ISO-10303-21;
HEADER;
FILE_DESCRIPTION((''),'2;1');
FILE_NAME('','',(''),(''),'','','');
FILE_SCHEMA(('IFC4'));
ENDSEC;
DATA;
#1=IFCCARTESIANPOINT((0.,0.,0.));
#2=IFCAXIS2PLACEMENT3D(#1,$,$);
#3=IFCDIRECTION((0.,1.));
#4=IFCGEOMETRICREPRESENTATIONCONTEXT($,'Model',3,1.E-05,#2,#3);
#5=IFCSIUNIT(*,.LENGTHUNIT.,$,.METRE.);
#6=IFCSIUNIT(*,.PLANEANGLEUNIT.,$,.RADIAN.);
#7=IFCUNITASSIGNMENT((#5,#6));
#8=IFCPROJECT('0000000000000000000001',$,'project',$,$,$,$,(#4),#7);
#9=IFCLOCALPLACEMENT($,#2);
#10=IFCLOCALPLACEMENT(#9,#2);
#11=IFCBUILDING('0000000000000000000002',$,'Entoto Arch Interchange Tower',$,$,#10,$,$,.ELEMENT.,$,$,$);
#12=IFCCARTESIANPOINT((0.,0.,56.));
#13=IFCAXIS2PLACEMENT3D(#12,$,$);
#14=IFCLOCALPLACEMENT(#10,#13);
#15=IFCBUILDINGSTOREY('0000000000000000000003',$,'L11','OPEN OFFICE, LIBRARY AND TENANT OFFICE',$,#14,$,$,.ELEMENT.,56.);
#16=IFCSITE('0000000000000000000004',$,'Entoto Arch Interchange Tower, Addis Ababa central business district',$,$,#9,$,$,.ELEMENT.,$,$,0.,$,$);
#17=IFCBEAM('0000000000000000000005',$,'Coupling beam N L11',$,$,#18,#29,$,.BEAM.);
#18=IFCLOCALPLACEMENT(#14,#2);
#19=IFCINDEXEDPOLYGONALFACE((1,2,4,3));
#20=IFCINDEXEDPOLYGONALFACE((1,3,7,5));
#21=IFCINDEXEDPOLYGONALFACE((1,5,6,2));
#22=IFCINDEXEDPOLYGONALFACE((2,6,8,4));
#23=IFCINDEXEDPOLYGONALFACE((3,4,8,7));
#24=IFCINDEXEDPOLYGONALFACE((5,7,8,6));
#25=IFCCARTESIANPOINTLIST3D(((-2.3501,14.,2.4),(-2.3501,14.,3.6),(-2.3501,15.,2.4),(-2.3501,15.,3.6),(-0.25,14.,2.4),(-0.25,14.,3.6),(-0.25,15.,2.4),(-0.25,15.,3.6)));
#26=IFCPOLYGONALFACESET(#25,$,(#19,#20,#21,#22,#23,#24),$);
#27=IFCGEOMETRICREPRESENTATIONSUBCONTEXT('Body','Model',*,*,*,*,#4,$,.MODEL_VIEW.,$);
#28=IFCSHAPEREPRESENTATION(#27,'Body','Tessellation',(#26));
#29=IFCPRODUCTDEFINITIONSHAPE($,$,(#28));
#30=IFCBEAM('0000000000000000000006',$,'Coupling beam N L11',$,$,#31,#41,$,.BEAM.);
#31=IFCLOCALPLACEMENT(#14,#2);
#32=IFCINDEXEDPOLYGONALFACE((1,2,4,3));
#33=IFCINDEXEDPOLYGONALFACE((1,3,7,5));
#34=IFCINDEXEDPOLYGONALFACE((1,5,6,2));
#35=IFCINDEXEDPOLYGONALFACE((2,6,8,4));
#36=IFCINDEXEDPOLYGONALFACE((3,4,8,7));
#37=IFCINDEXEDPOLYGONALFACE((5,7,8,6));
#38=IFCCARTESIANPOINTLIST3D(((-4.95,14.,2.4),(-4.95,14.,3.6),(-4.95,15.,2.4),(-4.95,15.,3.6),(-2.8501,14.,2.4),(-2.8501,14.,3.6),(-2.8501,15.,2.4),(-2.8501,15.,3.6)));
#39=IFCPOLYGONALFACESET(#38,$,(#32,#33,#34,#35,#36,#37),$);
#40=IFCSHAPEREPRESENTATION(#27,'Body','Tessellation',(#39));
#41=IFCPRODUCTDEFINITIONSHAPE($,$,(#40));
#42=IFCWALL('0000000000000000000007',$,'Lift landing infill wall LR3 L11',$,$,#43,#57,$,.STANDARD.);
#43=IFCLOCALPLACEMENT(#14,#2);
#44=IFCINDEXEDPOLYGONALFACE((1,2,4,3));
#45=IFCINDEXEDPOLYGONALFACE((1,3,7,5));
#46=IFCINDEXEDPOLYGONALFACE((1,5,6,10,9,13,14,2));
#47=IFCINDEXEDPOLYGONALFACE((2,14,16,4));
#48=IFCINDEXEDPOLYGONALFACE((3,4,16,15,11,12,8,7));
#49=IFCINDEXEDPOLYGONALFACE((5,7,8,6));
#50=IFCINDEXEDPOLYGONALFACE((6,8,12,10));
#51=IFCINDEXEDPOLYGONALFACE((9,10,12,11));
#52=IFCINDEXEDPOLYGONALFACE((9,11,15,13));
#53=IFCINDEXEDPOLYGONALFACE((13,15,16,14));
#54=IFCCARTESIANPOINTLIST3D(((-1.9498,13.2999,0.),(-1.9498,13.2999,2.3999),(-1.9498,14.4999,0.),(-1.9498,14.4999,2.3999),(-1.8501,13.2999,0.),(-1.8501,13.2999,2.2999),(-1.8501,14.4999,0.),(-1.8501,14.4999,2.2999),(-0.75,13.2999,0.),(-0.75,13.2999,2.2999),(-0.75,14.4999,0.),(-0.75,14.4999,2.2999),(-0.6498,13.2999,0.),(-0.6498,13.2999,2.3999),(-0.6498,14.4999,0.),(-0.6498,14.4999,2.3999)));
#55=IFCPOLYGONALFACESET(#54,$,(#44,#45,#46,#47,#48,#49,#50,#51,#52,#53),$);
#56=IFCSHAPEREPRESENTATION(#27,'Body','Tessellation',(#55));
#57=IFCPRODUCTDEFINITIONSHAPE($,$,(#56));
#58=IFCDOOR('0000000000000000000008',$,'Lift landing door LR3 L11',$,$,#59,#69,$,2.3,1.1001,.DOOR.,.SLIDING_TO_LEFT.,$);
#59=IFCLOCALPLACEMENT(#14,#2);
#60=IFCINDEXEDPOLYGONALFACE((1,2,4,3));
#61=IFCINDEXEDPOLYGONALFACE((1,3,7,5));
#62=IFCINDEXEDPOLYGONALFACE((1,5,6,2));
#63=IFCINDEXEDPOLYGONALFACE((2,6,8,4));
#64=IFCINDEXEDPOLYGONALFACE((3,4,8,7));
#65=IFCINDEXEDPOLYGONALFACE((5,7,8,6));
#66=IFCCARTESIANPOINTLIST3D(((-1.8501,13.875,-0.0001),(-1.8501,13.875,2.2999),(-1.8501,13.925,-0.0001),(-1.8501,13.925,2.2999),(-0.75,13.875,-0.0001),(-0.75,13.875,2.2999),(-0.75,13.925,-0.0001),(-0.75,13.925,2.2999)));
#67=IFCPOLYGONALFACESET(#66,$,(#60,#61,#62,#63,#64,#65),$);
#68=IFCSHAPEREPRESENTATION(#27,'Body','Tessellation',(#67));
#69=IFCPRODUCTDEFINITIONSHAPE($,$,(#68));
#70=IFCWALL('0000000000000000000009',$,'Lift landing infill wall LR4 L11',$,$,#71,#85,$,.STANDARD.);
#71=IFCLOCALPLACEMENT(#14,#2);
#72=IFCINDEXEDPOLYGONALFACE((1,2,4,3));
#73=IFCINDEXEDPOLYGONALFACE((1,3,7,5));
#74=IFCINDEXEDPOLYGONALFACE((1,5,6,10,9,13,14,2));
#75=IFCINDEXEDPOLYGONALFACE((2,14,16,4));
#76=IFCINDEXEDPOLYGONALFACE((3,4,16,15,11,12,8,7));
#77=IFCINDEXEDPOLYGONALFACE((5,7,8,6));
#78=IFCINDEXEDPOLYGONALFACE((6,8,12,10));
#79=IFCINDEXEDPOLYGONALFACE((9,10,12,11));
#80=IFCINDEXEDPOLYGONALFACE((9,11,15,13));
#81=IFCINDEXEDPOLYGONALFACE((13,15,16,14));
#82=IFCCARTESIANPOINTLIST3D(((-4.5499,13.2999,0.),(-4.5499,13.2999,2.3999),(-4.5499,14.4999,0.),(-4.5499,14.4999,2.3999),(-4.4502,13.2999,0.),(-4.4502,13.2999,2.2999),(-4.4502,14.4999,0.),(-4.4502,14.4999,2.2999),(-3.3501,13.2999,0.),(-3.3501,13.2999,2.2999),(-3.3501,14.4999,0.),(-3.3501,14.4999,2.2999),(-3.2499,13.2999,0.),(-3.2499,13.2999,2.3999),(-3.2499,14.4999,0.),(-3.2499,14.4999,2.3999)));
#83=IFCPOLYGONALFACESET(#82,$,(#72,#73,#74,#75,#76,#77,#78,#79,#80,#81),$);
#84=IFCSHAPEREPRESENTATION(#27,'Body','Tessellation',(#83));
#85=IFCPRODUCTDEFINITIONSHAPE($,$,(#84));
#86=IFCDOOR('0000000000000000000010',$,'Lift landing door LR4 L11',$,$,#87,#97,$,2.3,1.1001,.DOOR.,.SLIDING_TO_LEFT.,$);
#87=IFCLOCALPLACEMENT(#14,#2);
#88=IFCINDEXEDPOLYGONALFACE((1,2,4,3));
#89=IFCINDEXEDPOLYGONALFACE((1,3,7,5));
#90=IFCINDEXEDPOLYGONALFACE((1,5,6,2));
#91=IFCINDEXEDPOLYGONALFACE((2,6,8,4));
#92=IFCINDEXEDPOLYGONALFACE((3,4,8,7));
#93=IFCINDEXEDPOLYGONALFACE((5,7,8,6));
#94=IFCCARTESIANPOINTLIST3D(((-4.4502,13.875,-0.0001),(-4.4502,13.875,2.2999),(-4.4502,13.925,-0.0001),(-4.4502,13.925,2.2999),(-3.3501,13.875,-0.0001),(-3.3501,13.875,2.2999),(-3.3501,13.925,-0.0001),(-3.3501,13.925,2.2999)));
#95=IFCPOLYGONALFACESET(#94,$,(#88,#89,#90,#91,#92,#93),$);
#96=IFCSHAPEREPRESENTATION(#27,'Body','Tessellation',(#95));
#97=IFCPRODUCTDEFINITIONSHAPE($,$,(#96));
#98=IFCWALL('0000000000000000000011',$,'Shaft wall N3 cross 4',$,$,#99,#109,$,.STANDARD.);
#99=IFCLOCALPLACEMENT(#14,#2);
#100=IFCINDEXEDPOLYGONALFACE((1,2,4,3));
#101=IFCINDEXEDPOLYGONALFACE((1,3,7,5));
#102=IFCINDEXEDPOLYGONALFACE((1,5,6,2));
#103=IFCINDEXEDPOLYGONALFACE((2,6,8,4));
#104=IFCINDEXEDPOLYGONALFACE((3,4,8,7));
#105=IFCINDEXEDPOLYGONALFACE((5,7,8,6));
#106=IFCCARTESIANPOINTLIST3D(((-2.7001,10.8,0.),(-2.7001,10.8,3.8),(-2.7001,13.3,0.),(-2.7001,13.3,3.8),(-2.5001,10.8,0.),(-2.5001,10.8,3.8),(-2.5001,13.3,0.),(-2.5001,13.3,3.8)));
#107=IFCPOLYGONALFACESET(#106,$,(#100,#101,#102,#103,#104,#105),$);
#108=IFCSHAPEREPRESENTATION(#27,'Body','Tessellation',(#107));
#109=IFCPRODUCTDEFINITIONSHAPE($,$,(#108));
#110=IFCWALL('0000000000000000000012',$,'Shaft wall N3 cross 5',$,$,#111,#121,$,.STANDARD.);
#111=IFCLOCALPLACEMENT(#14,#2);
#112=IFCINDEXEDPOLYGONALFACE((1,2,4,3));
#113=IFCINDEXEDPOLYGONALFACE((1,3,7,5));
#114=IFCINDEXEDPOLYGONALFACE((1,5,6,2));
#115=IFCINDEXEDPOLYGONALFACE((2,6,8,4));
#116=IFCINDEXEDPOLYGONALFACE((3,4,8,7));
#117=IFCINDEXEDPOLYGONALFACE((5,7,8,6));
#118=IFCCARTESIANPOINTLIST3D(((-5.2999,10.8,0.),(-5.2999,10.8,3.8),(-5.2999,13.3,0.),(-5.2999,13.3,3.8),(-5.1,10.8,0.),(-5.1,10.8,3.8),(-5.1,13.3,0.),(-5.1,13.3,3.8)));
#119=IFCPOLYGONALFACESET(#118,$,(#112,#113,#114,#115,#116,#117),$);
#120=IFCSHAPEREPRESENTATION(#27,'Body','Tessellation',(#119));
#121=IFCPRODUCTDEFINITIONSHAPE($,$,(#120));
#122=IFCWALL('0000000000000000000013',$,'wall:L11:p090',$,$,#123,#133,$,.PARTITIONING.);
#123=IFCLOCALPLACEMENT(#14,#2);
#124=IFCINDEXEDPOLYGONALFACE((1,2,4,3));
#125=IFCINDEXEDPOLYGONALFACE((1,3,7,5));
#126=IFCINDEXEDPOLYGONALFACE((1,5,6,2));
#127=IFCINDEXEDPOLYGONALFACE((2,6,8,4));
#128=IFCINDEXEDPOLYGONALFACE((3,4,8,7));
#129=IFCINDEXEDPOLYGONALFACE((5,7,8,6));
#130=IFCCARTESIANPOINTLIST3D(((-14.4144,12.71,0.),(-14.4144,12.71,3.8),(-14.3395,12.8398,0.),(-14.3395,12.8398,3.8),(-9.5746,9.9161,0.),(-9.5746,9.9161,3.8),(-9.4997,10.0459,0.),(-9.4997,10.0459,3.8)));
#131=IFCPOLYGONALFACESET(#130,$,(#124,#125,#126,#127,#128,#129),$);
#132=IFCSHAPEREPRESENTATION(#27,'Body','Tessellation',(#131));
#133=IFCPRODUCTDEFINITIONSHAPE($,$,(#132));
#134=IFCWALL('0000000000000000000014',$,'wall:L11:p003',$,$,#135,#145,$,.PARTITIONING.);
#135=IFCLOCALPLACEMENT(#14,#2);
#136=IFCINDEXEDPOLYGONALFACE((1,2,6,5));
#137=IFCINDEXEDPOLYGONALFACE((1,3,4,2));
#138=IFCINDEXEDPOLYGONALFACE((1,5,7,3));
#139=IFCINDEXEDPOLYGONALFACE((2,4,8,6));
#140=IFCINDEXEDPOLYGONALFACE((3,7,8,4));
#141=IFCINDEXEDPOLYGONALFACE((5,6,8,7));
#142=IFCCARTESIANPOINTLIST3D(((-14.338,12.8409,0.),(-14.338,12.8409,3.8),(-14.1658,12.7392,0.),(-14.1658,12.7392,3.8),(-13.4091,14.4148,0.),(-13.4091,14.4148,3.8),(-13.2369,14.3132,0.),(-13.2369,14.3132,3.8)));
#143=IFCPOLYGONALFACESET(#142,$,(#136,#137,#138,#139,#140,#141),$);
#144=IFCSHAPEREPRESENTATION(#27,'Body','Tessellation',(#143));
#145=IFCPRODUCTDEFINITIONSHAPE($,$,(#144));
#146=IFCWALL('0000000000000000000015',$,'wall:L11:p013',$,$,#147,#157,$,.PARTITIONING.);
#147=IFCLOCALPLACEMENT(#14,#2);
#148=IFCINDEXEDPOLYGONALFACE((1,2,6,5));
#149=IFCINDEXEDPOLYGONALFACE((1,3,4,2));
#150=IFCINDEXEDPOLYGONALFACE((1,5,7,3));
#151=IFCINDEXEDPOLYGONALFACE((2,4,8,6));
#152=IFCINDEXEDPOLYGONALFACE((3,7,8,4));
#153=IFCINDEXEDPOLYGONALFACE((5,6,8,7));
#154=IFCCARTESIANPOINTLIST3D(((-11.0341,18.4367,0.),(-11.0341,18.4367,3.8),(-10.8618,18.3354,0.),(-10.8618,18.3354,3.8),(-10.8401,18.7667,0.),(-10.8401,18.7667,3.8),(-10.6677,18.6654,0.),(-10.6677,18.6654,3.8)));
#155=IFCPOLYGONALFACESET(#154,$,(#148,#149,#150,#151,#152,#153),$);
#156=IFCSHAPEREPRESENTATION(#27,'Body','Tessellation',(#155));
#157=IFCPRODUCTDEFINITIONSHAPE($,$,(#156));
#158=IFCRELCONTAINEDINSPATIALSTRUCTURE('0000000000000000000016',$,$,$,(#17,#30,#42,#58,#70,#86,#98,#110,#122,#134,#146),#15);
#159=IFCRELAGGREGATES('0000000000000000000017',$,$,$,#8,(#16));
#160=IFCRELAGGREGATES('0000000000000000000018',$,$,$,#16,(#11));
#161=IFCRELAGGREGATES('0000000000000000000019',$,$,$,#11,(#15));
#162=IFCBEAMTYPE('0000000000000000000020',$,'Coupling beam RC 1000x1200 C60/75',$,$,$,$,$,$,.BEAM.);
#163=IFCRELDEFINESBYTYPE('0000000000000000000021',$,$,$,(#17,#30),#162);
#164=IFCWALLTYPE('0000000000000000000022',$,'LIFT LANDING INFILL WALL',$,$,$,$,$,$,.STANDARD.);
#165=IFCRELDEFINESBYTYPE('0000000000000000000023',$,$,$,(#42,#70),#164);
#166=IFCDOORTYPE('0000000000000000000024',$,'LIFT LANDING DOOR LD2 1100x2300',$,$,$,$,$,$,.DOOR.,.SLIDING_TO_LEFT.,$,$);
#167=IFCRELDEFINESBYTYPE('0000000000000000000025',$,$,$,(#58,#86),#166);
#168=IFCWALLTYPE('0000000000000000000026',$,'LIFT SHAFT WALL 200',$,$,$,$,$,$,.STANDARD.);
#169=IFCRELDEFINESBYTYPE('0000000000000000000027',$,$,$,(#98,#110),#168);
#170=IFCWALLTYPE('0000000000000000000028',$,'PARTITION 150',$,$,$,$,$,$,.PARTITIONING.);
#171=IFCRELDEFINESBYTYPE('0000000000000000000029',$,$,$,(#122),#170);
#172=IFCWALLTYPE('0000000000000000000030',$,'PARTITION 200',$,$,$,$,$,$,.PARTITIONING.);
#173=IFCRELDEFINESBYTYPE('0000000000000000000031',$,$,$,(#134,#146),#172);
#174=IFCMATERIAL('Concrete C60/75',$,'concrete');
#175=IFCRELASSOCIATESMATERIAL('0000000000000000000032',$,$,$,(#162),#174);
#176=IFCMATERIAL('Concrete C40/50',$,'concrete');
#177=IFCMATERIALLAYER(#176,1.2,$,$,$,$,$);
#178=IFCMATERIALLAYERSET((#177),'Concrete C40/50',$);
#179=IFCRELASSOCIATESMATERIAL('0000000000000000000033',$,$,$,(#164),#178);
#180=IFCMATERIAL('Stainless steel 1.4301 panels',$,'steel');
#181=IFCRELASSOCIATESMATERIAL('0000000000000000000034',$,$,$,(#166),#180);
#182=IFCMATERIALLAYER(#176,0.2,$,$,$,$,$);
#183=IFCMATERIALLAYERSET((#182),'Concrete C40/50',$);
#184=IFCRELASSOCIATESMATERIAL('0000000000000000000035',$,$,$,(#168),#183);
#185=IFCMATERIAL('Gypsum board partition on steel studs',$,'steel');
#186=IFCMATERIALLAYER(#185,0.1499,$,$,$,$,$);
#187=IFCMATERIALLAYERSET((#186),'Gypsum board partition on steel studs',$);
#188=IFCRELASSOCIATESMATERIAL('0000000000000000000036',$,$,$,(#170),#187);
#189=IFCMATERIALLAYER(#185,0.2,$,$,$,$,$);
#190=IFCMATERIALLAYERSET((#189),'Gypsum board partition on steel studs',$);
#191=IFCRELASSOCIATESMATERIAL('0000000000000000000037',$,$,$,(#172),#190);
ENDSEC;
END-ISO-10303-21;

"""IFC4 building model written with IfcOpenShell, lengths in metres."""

from ifc_helpers import new_model, si_unit, direction, frame, frame_2d, origin, origin_2d, place, context, subcontext, project, spatial, rectangle, extrude, material, layer, layer_set, material_profile, profile_set, type_object, element, fill, save


model = new_model("IFC4")

# Units and contexts
model_context = context("Model", 3, precision=1e-05, world=origin(), true_north=direction((0.0, 1.0)))
body_context = subcontext(model_context, "Body", "Model", "MODEL_VIEW")
ifc_project = project(units=[si_unit("LENGTHUNIT", "METRE"), si_unit("PLANEANGLEUNIT", "RADIAN")], contexts=[model_context])

# Site, building, storey
site_placement = place(None, origin())
site = spatial("IfcSite", under=ifc_project, at=site_placement, Name="Entoto Arch Interchange Tower, Addis Ababa central business district", CompositionType="ELEMENT", RefElevation=0.0)
building_placement = place(site_placement, origin())
building = spatial("IfcBuilding", under=site, at=building_placement, Name="Entoto Arch Interchange Tower", CompositionType="ELEMENT")
storey_placement = place(building_placement, frame((0.0, 0.0, 56.0)))
storey = spatial("IfcBuildingStorey", under=building, at=storey_placement, Name="L11", Description="OPEN OFFICE, LIBRARY AND TENANT OFFICE", CompositionType="ELEMENT", Elevation=56.0)

# Beams
ifc_material_1 = material(Name="Concrete C60/75", Category="concrete")
ifc_material_profile = material_profile(ifc_material_1, rectangle(XDim=1.0, YDim=1.2, at=origin_2d()))
ifc_profile_set = profile_set([ifc_material_profile], Name="Concrete C60/75")
beam_type = type_object("IfcBeamType", Name="Coupling beam RC 1000x1200 C60/75", PredefinedType="BEAM", material=ifc_profile_set)
beam_1_placement = place(storey_placement, frame((-0.25, 14.5, 3.0), z_axis=(-1.0, 0.0, 0.0), x_axis=(0.0, -1.0, 0.0)))
element("IfcBeam", 1, at=beam_1_placement, inside=storey, type_object=beam_type, Name="Coupling beam N L11", PredefinedType="BEAM", context=body_context, shape_type="SweptSolid", body=[
    extrude(rectangle(XDim=1.0, YDim=1.2, at=origin_2d()), origin(), (0.0, 0.0, 1.0), 2.1001),
])
beam_2_placement = place(storey_placement, frame((-2.8501, 14.5, 3.0), z_axis=(-1.0, 0.0, 0.0), x_axis=(0.0, -1.0, 0.0)))
element("IfcBeam", 2, at=beam_2_placement, inside=storey, type_object=beam_type, Name="Coupling beam N L11", PredefinedType="BEAM", context=body_context, shape_type="SweptSolid", body=[
    extrude(rectangle(XDim=1.0, YDim=1.2, at=origin_2d()), origin(), (0.0, 0.0, 1.0), 2.0999),
])

# Walls, openings, doors
ifc_material_2 = material(Name="Concrete C40/50", Category="concrete")
ifc_layer_1 = layer(ifc_material_2, 1.2)
ifc_layer_set_1 = layer_set([ifc_layer_1], Name="Concrete C40/50")
wall_type_1 = type_object("IfcWallType", Name="LIFT LANDING INFILL WALL", PredefinedType="STANDARD", material=ifc_layer_set_1)
wall_1_placement = place(storey_placement, frame((-0.6499, 13.8999, 0.0), z_axis=(0.0, 0.0, 1.0), x_axis=(-1.0, 0.0, 0.0)))
wall_1 = element("IfcWall", 3, at=wall_1_placement, inside=storey, type_object=wall_type_1, Name="Lift landing infill wall LR3 L11", PredefinedType="STANDARD", context=body_context, shape_type="SweptSolid", body=[
    extrude(rectangle(XDim=1.3, YDim=1.2, at=frame_2d((0.6499, 0.0))), origin(), (0.0, 0.0, 1.0), 2.3999),
])
opening_1_placement = place(wall_1_placement, frame((0.1001, 0.0, 0.0)))
opening_1 = element("IfcOpeningElement", 4, at=opening_1_placement, cuts=wall_1, PredefinedType="OPENING", context=body_context, shape_type="SweptSolid", body=[
    extrude(rectangle(XDim=1.1001, YDim=2.3, at=frame_2d((0.55, 1.1499))), frame((0.0, 0.6099, 0.0), z_axis=(0.0, -1.0, 0.0), x_axis=(1.0, 0.0, 0.0)), (0.0, 0.0, 1.0), 1.22),
])
ifc_material_3 = material(Name="Stainless steel 1.4301 panels", Category="steel")
door_type_1 = type_object("IfcDoorType", Name="LIFT LANDING DOOR LD2 1100x2300", OperationType="SLIDING_TO_LEFT", PredefinedType="DOOR", material=ifc_material_3)
door_1_placement = place(opening_1_placement, origin())
door_1 = element("IfcDoor", 5, at=door_1_placement, inside=storey, type_object=door_type_1, Name="Lift landing door LR3 L11", OperationType="SLIDING_TO_LEFT", OverallHeight=2.3, OverallWidth=1.1001, PredefinedType="DOOR", context=body_context, shape_type="SweptSolid", body=[
    extrude(rectangle(XDim=1.1001, YDim=2.3, at=frame_2d((0.55, 1.1499))), frame((0.0, 0.0249, 0.0), z_axis=(0.0, -1.0, 0.0), x_axis=(1.0, 0.0, 0.0)), (0.0, 0.0, 1.0), 0.05),
])
fill(opening_1, door_1)
wall_2_placement = place(storey_placement, frame((-3.25, 13.8999, 0.0), z_axis=(0.0, 0.0, 1.0), x_axis=(-1.0, 0.0, 0.0)))
wall_2 = element("IfcWall", 6, at=wall_2_placement, inside=storey, type_object=wall_type_1, Name="Lift landing infill wall LR4 L11", PredefinedType="STANDARD", context=body_context, shape_type="SweptSolid", body=[
    extrude(rectangle(XDim=1.3, YDim=1.2, at=frame_2d((0.6499, 0.0))), origin(), (0.0, 0.0, 1.0), 2.3999),
])
opening_2_placement = place(wall_2_placement, frame((0.1001, 0.0, 0.0)))
opening_2 = element("IfcOpeningElement", 7, at=opening_2_placement, cuts=wall_2, PredefinedType="OPENING", context=body_context, shape_type="SweptSolid", body=[
    extrude(rectangle(XDim=1.1001, YDim=2.3, at=frame_2d((0.55, 1.1499))), frame((0.0, 0.6099, 0.0), z_axis=(0.0, -1.0, 0.0), x_axis=(1.0, 0.0, 0.0)), (0.0, 0.0, 1.0), 1.22),
])
door_2_placement = place(opening_2_placement, origin())
door_2 = element("IfcDoor", 8, at=door_2_placement, inside=storey, type_object=door_type_1, Name="Lift landing door LR4 L11", OperationType="SLIDING_TO_LEFT", OverallHeight=2.3, OverallWidth=1.1001, PredefinedType="DOOR", context=body_context, shape_type="SweptSolid", body=[
    extrude(rectangle(XDim=1.1001, YDim=2.3, at=frame_2d((0.55, 1.1499))), frame((0.0, 0.0249, 0.0), z_axis=(0.0, -1.0, 0.0), x_axis=(1.0, 0.0, 0.0)), (0.0, 0.0, 1.0), 0.05),
])
fill(opening_2, door_2)

# Walls
ifc_layer_2 = layer(ifc_material_2, 0.2)
ifc_layer_set_2 = layer_set([ifc_layer_2], Name="Concrete C40/50")
wall_type_2 = type_object("IfcWallType", Name="LIFT SHAFT WALL 200", PredefinedType="STANDARD", material=ifc_layer_set_2)
for number, where, z_axis, x_axis, name in (
    (9, (-2.6001, 10.8, 0.0), (0.0, 0.0, 1.0), (0.0, 1.0, 0.0), "Shaft wall N3 cross 4"),
    (10, (-5.2, 10.8, 0.0), (0.0, 0.0, 1.0), (0.0, 1.0, 0.0), "Shaft wall N3 cross 5"),
):
    element("IfcWall", number, at=place(storey_placement, frame(where, z_axis=z_axis, x_axis=x_axis)), inside=storey, type_object=wall_type_2, Name=name, PredefinedType="STANDARD", context=body_context, shape_type="SweptSolid", body=[
        extrude(rectangle(XDim=2.5, YDim=0.2, at=frame_2d((1.25, 0.0))), origin(), (0.0, 0.0, 1.0), 3.8),
    ])
ifc_material_4 = material(Name="Gypsum board partition on steel studs", Category="steel")
ifc_layer_3 = layer(ifc_material_4, 0.1499)
ifc_layer_set_3 = layer_set([ifc_layer_3], Name="Gypsum board partition on steel studs")
wall_type_3 = type_object("IfcWallType", Name="PARTITION 150", PredefinedType="PARTITIONING", material=ifc_layer_set_3)
wall_3_placement = place(storey_placement, frame((-14.377, 12.7749, 0.0), z_axis=(0.0, 0.0, 1.0), x_axis=(0.866052, -0.499954, 0.0)))
element("IfcWall", 11, at=wall_3_placement, inside=storey, type_object=wall_type_3, Name="wall:L11:p090", PredefinedType="PARTITIONING", context=body_context, shape_type="SweptSolid", body=[
    extrude(rectangle(XDim=5.5884, YDim=0.1499, at=frame_2d((2.7942, 0.0))), origin(), (0.0, 0.0, 1.0), 3.8),
])
ifc_layer_4 = layer(ifc_material_4, 0.2)
ifc_layer_set_4 = layer_set([ifc_layer_4], Name="Gypsum board partition on steel studs")
wall_type_4 = type_object("IfcWallType", Name="PARTITION 200", PredefinedType="PARTITIONING", material=ifc_layer_set_4)
wall_4_placement = place(storey_placement, frame((-13.323, 14.364, 0.0), z_axis=(0.0, 0.0, 1.0), x_axis=(-0.508275, -0.861195, 0.0)))
element("IfcWall", 12, at=wall_4_placement, inside=storey, type_object=wall_type_4, Name="wall:L11:p003", PredefinedType="PARTITIONING", context=body_context, shape_type="SweptSolid", body=[
    extrude(rectangle(XDim=1.8276, YDim=0.2, at=frame_2d((0.9138, 0.0))), origin(), (0.0, 0.0, 1.0), 3.8),
])
wall_5_placement = place(storey_placement, frame((-10.7539, 18.7161, 0.0), z_axis=(0.0, 0.0, 1.0), x_axis=(-0.506881, -0.862016, 0.0)))
element("IfcWall", 13, at=wall_5_placement, inside=storey, type_object=wall_type_4, Name="wall:L11:p013", PredefinedType="PARTITIONING", context=body_context, shape_type="SweptSolid", body=[
    extrude(rectangle(XDim=0.3828, YDim=0.2, at=frame_2d((0.1914, 0.0))), origin(), (0.0, 0.0, 1.0), 3.8),
])

save(model, "model.ifc")
